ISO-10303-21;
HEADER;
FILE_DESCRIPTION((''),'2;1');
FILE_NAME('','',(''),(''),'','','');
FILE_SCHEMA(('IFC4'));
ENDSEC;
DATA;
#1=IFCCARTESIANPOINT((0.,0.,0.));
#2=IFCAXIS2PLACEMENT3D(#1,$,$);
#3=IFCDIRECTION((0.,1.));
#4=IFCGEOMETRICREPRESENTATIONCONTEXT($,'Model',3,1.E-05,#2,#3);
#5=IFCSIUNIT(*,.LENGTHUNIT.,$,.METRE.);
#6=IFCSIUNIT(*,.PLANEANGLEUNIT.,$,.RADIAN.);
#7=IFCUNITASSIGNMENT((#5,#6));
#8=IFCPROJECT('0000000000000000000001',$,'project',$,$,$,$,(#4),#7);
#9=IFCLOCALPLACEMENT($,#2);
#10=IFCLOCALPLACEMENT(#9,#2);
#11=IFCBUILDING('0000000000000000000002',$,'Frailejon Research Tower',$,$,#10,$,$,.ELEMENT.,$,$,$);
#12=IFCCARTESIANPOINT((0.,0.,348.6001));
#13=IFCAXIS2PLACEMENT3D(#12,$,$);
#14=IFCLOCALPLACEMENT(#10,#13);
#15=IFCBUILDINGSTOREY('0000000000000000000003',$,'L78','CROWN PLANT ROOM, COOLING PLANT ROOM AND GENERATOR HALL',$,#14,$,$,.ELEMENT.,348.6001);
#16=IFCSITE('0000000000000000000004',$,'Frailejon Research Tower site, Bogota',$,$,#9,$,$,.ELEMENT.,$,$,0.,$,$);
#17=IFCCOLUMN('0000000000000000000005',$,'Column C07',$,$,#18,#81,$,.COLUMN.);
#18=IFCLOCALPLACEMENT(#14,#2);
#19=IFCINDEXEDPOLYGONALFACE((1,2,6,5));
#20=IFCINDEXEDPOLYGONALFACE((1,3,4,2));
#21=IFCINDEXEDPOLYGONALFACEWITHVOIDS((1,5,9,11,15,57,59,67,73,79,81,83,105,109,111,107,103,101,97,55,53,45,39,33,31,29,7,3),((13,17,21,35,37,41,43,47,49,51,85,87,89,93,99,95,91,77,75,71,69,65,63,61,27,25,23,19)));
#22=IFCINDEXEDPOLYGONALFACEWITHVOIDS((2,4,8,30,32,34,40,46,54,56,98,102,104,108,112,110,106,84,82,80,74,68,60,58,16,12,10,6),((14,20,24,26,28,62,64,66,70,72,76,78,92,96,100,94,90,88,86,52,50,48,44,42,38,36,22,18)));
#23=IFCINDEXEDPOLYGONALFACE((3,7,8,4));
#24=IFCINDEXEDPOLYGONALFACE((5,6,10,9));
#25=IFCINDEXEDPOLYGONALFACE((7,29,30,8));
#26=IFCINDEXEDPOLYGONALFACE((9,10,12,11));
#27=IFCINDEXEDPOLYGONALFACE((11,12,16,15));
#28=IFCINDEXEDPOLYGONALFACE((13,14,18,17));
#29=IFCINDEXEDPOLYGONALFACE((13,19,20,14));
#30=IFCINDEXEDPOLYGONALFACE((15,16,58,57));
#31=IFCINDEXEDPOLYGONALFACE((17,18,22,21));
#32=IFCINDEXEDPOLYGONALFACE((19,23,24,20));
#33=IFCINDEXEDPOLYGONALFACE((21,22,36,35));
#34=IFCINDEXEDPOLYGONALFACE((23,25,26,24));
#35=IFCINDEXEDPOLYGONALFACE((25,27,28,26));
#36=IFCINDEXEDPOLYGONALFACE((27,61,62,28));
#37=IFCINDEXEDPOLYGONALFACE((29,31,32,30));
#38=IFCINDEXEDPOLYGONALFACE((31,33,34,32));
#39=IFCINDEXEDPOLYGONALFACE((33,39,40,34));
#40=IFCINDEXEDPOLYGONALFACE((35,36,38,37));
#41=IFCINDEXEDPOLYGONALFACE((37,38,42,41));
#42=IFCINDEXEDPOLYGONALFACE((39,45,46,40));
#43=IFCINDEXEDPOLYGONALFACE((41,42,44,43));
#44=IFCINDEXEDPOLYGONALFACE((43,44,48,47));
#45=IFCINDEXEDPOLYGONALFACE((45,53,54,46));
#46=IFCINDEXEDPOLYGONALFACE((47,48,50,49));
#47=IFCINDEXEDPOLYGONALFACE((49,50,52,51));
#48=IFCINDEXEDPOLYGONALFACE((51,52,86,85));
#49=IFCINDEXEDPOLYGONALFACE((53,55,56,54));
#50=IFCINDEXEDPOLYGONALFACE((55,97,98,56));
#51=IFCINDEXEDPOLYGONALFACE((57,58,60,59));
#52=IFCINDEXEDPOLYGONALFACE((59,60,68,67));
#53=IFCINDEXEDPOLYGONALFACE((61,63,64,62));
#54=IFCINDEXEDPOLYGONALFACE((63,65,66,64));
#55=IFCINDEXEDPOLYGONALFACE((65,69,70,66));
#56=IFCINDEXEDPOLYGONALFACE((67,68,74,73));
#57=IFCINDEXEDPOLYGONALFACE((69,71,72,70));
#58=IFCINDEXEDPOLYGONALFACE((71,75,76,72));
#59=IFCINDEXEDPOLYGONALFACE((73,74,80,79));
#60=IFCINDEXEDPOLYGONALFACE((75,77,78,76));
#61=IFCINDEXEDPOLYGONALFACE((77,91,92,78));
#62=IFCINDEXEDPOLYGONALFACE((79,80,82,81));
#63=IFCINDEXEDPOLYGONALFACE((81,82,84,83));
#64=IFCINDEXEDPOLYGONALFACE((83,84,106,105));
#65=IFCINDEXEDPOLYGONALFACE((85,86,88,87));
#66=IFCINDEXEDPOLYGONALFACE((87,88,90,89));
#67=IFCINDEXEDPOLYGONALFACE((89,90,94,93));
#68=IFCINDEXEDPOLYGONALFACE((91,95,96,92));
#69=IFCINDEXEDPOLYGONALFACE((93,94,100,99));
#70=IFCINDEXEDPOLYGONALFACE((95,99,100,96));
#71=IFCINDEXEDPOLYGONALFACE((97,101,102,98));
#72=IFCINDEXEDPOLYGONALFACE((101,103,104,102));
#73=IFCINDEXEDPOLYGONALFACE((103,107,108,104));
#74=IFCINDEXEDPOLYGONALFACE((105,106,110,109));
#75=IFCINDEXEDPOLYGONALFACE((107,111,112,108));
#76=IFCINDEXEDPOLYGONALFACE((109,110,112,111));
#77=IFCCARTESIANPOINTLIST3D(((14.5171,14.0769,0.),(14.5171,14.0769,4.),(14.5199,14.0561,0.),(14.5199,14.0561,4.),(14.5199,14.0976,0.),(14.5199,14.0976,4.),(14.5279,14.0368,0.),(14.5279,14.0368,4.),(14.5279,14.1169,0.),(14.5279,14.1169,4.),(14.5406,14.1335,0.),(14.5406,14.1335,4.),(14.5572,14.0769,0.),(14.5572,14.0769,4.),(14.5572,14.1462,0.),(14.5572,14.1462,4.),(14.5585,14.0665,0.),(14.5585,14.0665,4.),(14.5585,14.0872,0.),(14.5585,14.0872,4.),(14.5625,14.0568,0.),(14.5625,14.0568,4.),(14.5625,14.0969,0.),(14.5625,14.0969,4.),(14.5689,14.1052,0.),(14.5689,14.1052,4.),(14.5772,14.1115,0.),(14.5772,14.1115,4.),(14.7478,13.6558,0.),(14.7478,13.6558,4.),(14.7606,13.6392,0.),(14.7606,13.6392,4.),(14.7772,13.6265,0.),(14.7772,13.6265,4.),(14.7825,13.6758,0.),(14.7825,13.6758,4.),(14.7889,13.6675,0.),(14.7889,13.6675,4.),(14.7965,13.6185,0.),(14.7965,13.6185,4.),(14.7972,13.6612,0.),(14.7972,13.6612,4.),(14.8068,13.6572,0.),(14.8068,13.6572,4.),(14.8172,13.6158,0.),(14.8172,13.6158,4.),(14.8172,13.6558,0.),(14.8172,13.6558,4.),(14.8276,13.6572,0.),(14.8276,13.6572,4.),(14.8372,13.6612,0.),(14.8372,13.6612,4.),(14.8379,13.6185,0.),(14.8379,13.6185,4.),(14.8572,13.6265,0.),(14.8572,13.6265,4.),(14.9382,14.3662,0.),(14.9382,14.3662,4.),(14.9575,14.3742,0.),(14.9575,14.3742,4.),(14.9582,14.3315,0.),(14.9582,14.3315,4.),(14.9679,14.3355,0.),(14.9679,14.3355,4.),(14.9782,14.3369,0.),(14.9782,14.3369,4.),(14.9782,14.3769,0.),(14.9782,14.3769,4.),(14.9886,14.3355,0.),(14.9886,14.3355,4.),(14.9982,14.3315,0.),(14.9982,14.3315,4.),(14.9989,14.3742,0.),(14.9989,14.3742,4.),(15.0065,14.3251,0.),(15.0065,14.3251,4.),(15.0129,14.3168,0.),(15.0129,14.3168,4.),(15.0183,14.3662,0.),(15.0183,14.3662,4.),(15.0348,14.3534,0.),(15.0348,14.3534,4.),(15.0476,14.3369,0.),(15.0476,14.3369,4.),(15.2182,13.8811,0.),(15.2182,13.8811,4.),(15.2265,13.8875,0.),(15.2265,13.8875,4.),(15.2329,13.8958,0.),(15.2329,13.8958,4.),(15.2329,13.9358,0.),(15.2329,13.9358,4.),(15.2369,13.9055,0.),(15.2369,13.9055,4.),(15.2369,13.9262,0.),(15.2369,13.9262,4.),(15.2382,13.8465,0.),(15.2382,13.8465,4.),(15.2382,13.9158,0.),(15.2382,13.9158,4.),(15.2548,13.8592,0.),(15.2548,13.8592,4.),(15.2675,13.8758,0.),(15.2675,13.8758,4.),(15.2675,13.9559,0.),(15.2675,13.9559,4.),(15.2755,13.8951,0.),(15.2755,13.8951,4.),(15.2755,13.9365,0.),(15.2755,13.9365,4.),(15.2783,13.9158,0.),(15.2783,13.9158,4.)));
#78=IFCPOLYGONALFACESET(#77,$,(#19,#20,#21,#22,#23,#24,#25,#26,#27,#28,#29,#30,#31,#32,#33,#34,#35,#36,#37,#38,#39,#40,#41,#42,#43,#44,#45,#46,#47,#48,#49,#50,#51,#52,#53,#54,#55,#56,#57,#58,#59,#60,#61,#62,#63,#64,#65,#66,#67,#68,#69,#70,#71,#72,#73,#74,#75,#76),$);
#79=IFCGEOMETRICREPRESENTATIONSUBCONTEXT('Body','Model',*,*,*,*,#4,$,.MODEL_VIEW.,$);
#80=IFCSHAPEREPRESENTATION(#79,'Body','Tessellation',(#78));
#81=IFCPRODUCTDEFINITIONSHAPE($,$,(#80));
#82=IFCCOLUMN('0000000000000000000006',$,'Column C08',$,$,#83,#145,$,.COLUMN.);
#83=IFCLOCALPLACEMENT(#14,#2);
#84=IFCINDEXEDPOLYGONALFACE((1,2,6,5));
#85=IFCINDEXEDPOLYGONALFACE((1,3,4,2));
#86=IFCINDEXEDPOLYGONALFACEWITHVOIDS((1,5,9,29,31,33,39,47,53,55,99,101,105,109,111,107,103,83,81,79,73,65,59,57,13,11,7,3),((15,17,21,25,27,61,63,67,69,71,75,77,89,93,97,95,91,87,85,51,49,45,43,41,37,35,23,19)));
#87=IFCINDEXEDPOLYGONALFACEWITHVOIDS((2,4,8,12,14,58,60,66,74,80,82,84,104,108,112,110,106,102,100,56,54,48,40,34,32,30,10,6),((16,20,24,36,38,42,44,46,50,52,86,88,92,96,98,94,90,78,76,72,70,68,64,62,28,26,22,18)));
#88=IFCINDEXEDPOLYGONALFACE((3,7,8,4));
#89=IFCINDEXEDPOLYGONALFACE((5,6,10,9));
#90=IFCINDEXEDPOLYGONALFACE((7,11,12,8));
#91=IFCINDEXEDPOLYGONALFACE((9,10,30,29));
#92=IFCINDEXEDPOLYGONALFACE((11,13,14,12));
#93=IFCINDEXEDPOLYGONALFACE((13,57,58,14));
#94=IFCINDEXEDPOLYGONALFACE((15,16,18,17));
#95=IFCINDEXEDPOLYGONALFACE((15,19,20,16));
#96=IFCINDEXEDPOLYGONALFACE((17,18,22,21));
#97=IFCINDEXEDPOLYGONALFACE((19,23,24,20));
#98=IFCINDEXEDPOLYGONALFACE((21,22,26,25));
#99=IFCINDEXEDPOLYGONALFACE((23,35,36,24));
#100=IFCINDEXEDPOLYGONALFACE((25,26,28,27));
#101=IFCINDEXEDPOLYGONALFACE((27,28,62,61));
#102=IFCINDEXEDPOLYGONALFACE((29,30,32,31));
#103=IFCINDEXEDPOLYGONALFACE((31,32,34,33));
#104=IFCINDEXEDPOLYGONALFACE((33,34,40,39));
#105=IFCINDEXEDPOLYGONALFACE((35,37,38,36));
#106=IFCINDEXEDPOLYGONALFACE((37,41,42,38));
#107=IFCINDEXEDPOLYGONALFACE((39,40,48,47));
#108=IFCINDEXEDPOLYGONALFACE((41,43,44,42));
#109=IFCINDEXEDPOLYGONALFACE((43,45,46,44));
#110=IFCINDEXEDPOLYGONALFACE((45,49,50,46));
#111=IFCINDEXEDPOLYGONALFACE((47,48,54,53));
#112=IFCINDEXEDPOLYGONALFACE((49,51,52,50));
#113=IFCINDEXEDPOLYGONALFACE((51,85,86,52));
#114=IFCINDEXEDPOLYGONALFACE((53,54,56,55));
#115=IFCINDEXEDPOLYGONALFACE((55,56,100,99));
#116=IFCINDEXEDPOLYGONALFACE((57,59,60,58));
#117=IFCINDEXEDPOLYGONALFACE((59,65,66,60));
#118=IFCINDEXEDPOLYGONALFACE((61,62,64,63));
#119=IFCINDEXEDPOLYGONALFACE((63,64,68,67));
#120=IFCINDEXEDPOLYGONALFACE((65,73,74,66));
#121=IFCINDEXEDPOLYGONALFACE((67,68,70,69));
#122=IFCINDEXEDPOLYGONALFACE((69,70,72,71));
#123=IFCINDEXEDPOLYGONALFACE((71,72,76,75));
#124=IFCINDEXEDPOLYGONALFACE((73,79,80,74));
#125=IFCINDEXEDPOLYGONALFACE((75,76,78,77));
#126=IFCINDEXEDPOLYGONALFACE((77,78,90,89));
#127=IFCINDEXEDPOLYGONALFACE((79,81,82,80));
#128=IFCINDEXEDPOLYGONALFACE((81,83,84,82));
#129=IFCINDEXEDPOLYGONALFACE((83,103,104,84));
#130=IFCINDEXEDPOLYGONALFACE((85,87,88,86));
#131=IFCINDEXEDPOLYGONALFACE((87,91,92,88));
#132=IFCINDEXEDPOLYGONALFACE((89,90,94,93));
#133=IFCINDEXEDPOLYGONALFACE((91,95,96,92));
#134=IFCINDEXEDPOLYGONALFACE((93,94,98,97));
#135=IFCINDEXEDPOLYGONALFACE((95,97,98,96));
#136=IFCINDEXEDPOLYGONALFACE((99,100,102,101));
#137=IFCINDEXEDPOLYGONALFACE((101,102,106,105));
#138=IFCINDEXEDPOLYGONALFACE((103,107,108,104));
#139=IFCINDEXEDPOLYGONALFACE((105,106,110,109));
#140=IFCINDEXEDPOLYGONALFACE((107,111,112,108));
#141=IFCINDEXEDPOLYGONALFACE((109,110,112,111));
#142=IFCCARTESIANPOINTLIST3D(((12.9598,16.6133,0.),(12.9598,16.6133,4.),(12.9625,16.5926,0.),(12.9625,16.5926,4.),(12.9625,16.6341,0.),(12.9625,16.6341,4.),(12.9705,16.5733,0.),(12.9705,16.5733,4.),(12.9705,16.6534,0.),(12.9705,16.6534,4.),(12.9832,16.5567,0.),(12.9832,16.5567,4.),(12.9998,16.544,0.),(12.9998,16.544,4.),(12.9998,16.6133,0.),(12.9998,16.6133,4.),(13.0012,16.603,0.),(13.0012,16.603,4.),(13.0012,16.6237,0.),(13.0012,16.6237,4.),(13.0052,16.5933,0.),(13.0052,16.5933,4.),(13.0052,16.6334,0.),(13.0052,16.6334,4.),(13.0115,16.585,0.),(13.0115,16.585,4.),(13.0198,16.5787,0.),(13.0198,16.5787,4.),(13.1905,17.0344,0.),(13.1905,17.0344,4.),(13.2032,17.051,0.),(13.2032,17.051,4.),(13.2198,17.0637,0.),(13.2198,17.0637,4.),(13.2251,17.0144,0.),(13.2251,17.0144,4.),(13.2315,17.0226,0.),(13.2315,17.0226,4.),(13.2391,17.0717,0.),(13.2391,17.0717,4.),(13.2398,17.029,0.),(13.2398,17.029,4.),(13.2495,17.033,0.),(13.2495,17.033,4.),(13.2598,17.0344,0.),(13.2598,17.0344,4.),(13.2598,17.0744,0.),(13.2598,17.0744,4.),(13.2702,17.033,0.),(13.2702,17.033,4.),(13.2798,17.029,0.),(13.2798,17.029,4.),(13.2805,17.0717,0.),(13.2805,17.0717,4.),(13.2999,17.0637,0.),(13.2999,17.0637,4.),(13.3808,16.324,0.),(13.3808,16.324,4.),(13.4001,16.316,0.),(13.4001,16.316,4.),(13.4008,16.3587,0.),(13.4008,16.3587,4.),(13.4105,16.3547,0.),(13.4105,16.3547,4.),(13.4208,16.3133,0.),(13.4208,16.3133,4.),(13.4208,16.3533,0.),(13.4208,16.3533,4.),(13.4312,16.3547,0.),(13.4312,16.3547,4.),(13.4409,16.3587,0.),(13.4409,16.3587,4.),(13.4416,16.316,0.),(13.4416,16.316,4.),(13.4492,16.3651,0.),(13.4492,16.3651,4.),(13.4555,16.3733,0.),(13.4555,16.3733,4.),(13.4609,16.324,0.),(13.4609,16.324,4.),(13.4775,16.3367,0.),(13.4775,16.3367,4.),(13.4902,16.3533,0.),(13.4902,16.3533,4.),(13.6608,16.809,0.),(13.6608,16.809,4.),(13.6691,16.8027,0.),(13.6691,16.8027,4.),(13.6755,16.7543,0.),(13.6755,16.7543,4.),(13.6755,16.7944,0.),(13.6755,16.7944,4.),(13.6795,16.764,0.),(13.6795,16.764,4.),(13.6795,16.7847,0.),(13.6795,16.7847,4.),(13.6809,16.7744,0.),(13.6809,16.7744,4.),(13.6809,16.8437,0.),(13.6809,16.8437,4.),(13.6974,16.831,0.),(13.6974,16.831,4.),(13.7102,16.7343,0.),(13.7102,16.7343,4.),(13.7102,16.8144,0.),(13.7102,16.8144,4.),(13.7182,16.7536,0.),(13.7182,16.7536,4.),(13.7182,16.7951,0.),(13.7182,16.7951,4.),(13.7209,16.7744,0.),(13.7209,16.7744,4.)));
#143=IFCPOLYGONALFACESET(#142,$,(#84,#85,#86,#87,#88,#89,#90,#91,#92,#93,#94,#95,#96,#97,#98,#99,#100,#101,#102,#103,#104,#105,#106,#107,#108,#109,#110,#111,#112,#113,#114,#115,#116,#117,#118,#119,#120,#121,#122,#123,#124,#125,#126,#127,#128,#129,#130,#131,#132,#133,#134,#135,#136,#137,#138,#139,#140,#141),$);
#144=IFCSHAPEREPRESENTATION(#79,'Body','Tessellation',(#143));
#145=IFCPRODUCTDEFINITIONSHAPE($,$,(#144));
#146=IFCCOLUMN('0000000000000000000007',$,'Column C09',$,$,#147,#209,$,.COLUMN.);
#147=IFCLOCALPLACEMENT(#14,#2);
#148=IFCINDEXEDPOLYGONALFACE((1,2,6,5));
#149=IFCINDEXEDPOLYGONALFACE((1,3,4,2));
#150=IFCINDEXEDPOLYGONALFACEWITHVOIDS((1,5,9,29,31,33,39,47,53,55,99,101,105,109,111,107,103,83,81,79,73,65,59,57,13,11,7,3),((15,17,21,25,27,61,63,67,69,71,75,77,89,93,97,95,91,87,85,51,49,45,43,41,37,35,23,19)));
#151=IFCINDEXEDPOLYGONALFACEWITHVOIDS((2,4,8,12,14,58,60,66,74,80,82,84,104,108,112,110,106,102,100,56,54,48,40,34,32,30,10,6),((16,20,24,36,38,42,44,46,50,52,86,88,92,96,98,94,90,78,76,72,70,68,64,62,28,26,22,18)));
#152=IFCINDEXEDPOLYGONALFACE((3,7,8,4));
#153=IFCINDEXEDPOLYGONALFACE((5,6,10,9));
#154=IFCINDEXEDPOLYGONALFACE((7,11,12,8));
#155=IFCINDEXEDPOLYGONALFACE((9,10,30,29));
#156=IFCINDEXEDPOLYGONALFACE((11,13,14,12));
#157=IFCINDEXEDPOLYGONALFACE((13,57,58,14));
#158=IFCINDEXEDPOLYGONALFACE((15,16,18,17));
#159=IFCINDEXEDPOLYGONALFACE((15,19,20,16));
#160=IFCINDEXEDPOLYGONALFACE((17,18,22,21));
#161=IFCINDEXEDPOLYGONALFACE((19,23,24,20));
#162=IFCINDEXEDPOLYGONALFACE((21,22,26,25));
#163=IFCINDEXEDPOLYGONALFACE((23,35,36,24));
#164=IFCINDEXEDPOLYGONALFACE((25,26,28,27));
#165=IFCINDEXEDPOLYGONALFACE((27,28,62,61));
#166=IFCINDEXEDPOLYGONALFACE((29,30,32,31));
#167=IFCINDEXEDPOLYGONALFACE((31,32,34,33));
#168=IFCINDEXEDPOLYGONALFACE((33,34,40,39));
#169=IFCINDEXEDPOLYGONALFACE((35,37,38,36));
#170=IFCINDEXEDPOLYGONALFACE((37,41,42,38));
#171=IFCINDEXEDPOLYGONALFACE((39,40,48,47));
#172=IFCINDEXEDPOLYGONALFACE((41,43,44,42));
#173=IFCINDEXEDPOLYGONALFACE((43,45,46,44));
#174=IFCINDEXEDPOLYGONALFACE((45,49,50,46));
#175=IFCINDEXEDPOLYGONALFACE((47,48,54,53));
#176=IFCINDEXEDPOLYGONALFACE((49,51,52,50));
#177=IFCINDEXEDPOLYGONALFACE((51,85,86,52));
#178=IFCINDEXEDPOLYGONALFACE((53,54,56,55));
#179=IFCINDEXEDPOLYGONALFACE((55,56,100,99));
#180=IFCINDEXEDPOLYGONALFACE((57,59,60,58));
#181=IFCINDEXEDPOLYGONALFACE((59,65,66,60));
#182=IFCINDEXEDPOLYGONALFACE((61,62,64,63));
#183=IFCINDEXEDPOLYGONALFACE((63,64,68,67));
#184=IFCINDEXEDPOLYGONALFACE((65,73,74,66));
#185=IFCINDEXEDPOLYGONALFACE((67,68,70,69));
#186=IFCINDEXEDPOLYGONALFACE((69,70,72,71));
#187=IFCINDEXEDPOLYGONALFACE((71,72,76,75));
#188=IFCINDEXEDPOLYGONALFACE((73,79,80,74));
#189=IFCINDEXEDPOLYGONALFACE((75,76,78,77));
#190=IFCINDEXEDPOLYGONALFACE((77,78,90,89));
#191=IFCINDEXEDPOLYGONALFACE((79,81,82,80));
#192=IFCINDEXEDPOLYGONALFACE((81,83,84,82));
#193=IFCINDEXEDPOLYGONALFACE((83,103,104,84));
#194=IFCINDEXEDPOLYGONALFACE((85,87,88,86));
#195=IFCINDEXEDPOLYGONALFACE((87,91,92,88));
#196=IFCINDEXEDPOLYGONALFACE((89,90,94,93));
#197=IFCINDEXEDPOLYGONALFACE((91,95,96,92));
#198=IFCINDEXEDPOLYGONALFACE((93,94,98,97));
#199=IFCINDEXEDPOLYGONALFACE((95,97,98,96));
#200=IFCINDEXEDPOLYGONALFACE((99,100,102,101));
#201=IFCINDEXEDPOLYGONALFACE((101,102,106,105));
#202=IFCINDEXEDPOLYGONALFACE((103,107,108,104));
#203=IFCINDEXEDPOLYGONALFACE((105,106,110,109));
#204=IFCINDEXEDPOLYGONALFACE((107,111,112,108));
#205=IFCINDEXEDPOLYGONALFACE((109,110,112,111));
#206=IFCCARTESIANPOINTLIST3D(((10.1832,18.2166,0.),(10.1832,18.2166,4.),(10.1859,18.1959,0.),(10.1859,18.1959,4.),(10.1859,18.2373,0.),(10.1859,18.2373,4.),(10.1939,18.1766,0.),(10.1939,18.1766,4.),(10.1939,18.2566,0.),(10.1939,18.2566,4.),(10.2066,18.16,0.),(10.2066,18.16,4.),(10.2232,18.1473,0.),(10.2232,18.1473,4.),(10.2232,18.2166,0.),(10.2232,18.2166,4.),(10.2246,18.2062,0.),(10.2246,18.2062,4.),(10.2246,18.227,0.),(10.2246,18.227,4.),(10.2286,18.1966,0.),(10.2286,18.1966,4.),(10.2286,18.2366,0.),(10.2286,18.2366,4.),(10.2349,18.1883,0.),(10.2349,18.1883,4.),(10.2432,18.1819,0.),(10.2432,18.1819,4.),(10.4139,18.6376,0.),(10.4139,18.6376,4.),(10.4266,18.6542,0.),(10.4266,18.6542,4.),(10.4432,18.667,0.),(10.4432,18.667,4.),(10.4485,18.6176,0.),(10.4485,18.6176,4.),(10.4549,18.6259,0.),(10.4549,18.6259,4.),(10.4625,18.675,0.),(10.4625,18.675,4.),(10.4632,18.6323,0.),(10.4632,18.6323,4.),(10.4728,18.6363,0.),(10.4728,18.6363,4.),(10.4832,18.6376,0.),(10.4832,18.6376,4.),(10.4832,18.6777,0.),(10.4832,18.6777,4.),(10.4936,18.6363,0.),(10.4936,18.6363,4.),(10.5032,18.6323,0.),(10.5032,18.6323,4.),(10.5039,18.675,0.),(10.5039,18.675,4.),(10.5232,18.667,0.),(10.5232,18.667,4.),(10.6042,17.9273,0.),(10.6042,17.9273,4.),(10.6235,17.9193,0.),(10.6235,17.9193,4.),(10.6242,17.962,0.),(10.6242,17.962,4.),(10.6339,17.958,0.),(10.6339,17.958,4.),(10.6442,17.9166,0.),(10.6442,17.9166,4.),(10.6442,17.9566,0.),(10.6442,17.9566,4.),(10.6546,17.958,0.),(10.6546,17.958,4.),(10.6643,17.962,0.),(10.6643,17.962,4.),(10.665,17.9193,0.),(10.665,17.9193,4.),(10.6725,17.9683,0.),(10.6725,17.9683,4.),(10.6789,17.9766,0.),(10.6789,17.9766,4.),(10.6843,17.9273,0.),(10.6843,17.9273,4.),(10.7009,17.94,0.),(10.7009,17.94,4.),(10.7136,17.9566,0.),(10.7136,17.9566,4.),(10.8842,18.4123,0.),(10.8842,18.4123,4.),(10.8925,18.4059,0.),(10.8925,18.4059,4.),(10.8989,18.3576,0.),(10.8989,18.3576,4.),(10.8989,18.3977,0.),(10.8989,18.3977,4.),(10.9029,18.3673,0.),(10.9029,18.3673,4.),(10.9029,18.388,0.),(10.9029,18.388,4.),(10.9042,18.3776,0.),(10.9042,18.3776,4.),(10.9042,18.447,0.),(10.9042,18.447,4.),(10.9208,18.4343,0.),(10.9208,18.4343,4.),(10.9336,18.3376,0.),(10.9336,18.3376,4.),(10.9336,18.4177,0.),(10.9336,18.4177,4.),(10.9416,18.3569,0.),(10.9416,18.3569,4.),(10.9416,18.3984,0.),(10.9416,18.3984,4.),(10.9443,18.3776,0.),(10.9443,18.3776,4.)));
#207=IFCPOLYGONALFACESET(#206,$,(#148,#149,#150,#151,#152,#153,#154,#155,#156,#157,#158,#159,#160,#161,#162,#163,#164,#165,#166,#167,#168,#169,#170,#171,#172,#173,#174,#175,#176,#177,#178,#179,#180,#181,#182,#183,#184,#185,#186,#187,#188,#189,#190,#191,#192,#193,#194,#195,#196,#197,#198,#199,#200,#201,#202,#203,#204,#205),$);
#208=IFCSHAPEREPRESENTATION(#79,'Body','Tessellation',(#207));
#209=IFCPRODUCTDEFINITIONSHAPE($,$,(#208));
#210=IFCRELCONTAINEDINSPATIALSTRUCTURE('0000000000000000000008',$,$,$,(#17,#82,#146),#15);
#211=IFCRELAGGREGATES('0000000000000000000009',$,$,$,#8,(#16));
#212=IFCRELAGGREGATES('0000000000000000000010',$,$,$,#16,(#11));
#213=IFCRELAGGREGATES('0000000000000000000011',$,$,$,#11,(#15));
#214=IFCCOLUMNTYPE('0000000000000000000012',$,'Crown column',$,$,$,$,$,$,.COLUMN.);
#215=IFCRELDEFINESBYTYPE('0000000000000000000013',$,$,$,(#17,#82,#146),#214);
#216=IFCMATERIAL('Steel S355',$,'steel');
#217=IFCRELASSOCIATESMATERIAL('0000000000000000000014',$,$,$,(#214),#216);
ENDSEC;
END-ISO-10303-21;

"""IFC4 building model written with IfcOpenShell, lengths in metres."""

from ifc_helpers import new_model, si_unit, direction, frame, origin, origin_2d, place, context, subcontext, project, spatial, hollow_rectangle, extrude, material, material_profile, profile_set, type_object, element, save


model = new_model("IFC4")

# Units and contexts
model_context = context("Model", 3, precision=1e-05, world=origin(), true_north=direction((0.0, 1.0)))
body_context = subcontext(model_context, "Body", "Model", "MODEL_VIEW")
ifc_project = project(units=[si_unit("LENGTHUNIT", "METRE"), si_unit("PLANEANGLEUNIT", "RADIAN")], contexts=[model_context])

# Site, building, storey
site_placement = place(None, origin())
site = spatial("IfcSite", under=ifc_project, at=site_placement, Name="Frailejon Research Tower site, Bogota", CompositionType="ELEMENT", RefElevation=0.0)
building_placement = place(site_placement, origin())
building = spatial("IfcBuilding", under=site, at=building_placement, Name="Frailejon Research Tower", CompositionType="ELEMENT")
storey_placement = place(building_placement, frame((0.0, 0.0, 348.6001)))
storey = spatial("IfcBuildingStorey", under=building, at=storey_placement, Name="L78", Description="CROWN PLANT ROOM, COOLING PLANT ROOM AND GENERATOR HALL", CompositionType="ELEMENT", Elevation=348.6001)

# Columns
ifc_material_1 = material(Name="Steel S355", Category="steel")
ifc_material_profile_1 = material_profile(ifc_material_1, hollow_rectangle(XDim=0.6001, YDim=0.6001, WallThickness=0.04, InnerFilletRadius=0.04, OuterFilletRadius=0.0801, at=origin_2d()), Name="Crown column")
ifc_profile_set_1 = profile_set([ifc_material_profile_1], Name="Steel S355")
column_type = type_object("IfcColumnType", Name="Crown column", PredefinedType="COLUMN", material=ifc_profile_set_1)
for number, where, z_axis, x_axis, name in (
    (1, (14.8977, 13.9963, 0.0), (0.0, 0.0, 1.0), (-0.5, 0.866025, 0.0), "Column C07"),
    (2, (13.3403, 16.6938, 0.0), (0.0, 0.0, 1.0), (-0.866025, 0.5, 0.0), "Column C08"),
    (3, (10.5637, 18.2971, 0.0), (0.0, 0.0, 1.0), (-0.866025, 0.5, 0.0), "Column C09"),
):
    element("IfcColumn", number, at=place(storey_placement, frame(where, z_axis=z_axis, x_axis=x_axis)), inside=storey, type_object=column_type, Name=name, PredefinedType="COLUMN", context=body_context, shape_type="SweptSolid", body=[
        extrude(hollow_rectangle(XDim=0.6001, YDim=0.6001, WallThickness=0.04, InnerFilletRadius=0.04, OuterFilletRadius=0.0801, at=origin_2d()), origin(), (0.0, 0.0, 1.0), 4.0),
    ])

save(model, "model.ifc")
